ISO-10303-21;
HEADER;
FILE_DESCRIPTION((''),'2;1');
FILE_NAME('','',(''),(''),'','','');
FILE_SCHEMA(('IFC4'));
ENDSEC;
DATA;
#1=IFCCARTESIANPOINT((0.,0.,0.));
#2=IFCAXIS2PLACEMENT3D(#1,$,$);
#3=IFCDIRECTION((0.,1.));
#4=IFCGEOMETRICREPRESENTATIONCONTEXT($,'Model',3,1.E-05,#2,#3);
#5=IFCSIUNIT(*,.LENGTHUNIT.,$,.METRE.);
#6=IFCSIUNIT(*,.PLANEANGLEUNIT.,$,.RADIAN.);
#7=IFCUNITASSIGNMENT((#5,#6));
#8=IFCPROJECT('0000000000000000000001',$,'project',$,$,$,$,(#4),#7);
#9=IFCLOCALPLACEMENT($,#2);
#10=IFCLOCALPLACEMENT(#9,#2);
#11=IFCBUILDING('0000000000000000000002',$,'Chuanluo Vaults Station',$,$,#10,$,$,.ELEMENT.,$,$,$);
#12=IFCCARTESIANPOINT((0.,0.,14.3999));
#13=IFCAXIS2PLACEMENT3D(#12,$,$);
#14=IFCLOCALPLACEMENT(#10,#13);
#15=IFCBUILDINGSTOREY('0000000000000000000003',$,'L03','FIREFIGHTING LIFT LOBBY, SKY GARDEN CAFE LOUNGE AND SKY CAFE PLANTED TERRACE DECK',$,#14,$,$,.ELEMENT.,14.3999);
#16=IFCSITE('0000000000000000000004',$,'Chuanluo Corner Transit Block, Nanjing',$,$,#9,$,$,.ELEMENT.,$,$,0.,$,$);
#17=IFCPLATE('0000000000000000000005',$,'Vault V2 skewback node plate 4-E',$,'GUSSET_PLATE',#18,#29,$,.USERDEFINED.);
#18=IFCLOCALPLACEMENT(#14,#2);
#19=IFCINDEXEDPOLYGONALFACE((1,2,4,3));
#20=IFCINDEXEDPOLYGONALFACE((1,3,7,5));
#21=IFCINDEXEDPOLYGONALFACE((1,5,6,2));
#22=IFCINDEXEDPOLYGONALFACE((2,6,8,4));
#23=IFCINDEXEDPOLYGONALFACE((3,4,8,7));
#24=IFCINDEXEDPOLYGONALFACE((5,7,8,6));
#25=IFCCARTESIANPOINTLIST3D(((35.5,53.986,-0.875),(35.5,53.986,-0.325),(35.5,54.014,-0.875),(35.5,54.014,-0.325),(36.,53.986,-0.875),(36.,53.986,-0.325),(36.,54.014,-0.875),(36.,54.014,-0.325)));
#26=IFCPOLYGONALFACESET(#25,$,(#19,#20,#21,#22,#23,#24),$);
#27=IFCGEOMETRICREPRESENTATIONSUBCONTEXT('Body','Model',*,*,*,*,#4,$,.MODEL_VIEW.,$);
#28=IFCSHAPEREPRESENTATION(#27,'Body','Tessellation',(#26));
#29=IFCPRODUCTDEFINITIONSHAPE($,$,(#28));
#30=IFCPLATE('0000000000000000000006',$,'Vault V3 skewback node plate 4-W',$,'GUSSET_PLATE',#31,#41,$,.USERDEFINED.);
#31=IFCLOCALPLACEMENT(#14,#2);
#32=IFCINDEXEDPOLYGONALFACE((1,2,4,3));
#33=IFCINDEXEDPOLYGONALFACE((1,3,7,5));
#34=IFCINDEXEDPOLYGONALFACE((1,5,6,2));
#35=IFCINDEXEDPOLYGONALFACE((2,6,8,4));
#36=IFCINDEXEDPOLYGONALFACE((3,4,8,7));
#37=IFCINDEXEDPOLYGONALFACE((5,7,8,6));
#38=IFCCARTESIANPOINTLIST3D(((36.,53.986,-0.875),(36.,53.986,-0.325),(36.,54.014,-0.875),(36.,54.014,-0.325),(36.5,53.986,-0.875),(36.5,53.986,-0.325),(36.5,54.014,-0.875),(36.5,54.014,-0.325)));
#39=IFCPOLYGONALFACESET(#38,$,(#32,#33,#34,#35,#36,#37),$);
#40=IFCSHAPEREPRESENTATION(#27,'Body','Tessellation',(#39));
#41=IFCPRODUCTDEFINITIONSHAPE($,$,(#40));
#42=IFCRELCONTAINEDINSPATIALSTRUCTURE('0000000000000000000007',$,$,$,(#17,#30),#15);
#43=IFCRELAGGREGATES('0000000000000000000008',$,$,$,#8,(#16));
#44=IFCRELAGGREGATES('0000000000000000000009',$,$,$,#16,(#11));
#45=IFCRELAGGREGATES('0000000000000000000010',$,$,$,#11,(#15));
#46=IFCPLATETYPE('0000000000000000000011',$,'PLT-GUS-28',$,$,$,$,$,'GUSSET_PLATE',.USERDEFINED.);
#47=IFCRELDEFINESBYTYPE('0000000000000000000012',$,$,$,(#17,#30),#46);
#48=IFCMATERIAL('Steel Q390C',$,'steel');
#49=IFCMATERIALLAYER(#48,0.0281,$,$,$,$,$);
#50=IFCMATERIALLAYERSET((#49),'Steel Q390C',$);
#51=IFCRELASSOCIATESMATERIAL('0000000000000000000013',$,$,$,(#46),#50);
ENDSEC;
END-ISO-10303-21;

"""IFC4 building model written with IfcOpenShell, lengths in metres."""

from ifc_helpers import new_model, si_unit, direction, frame, origin, origin_2d, place, context, subcontext, project, spatial, rectangle, extrude, material, layer, layer_set, type_object, element, save


model = new_model("IFC4")

# Units and contexts
model_context = context("Model", 3, precision=1e-05, world=origin(), true_north=direction((0.0, 1.0)))
body_context = subcontext(model_context, "Body", "Model", "MODEL_VIEW")
ifc_project = project(units=[si_unit("LENGTHUNIT", "METRE"), si_unit("PLANEANGLEUNIT", "RADIAN")], contexts=[model_context])

# Site, building, storey
site_placement = place(None, origin())
site = spatial("IfcSite", under=ifc_project, at=site_placement, Name="Chuanluo Corner Transit Block, Nanjing", CompositionType="ELEMENT", RefElevation=0.0)
building_placement = place(site_placement, origin())
building = spatial("IfcBuilding", under=site, at=building_placement, Name="Chuanluo Vaults Station", CompositionType="ELEMENT")
storey_placement = place(building_placement, frame((0.0, 0.0, 14.3999)))
storey = spatial("IfcBuildingStorey", under=building, at=storey_placement, Name="L03", Description="FIREFIGHTING LIFT LOBBY, SKY GARDEN CAFE LOUNGE AND SKY CAFE PLANTED TERRACE DECK", CompositionType="ELEMENT", Elevation=14.3999)

# Plates
ifc_material_1 = material(Name="Steel Q390C", Category="steel")
ifc_layer = layer(ifc_material_1, 0.0281)
ifc_layer_set = layer_set([ifc_layer], Name="Steel Q390C")
plate_type = type_object("IfcPlateType", Name="PLT-GUS-28", ElementType="GUSSET_PLATE", PredefinedType="USERDEFINED", material=ifc_layer_set)
for number, where, z_axis, x_axis, name in (
    (1, (35.75, 54.0, -0.875), (0.0, 0.0, 1.0), (1.0, 0.0, 0.0), "Vault V2 skewback node plate 4-E"),
    (2, (36.25, 54.0, -0.875), (0.0, 0.0, 1.0), (1.0, 0.0, 0.0), "Vault V3 skewback node plate 4-W"),
):
    element("IfcPlate", number, at=place(storey_placement, frame(where, z_axis=z_axis, x_axis=x_axis)), inside=storey, type_object=plate_type, Name=name, ObjectType="GUSSET_PLATE", PredefinedType="USERDEFINED", context=body_context, shape_type="SweptSolid", body=[
        extrude(rectangle(XDim=0.5, YDim=0.0281, at=origin_2d()), origin(), (0.0, 0.0, 1.0), 0.55),
    ])

save(model, "model.ifc")
